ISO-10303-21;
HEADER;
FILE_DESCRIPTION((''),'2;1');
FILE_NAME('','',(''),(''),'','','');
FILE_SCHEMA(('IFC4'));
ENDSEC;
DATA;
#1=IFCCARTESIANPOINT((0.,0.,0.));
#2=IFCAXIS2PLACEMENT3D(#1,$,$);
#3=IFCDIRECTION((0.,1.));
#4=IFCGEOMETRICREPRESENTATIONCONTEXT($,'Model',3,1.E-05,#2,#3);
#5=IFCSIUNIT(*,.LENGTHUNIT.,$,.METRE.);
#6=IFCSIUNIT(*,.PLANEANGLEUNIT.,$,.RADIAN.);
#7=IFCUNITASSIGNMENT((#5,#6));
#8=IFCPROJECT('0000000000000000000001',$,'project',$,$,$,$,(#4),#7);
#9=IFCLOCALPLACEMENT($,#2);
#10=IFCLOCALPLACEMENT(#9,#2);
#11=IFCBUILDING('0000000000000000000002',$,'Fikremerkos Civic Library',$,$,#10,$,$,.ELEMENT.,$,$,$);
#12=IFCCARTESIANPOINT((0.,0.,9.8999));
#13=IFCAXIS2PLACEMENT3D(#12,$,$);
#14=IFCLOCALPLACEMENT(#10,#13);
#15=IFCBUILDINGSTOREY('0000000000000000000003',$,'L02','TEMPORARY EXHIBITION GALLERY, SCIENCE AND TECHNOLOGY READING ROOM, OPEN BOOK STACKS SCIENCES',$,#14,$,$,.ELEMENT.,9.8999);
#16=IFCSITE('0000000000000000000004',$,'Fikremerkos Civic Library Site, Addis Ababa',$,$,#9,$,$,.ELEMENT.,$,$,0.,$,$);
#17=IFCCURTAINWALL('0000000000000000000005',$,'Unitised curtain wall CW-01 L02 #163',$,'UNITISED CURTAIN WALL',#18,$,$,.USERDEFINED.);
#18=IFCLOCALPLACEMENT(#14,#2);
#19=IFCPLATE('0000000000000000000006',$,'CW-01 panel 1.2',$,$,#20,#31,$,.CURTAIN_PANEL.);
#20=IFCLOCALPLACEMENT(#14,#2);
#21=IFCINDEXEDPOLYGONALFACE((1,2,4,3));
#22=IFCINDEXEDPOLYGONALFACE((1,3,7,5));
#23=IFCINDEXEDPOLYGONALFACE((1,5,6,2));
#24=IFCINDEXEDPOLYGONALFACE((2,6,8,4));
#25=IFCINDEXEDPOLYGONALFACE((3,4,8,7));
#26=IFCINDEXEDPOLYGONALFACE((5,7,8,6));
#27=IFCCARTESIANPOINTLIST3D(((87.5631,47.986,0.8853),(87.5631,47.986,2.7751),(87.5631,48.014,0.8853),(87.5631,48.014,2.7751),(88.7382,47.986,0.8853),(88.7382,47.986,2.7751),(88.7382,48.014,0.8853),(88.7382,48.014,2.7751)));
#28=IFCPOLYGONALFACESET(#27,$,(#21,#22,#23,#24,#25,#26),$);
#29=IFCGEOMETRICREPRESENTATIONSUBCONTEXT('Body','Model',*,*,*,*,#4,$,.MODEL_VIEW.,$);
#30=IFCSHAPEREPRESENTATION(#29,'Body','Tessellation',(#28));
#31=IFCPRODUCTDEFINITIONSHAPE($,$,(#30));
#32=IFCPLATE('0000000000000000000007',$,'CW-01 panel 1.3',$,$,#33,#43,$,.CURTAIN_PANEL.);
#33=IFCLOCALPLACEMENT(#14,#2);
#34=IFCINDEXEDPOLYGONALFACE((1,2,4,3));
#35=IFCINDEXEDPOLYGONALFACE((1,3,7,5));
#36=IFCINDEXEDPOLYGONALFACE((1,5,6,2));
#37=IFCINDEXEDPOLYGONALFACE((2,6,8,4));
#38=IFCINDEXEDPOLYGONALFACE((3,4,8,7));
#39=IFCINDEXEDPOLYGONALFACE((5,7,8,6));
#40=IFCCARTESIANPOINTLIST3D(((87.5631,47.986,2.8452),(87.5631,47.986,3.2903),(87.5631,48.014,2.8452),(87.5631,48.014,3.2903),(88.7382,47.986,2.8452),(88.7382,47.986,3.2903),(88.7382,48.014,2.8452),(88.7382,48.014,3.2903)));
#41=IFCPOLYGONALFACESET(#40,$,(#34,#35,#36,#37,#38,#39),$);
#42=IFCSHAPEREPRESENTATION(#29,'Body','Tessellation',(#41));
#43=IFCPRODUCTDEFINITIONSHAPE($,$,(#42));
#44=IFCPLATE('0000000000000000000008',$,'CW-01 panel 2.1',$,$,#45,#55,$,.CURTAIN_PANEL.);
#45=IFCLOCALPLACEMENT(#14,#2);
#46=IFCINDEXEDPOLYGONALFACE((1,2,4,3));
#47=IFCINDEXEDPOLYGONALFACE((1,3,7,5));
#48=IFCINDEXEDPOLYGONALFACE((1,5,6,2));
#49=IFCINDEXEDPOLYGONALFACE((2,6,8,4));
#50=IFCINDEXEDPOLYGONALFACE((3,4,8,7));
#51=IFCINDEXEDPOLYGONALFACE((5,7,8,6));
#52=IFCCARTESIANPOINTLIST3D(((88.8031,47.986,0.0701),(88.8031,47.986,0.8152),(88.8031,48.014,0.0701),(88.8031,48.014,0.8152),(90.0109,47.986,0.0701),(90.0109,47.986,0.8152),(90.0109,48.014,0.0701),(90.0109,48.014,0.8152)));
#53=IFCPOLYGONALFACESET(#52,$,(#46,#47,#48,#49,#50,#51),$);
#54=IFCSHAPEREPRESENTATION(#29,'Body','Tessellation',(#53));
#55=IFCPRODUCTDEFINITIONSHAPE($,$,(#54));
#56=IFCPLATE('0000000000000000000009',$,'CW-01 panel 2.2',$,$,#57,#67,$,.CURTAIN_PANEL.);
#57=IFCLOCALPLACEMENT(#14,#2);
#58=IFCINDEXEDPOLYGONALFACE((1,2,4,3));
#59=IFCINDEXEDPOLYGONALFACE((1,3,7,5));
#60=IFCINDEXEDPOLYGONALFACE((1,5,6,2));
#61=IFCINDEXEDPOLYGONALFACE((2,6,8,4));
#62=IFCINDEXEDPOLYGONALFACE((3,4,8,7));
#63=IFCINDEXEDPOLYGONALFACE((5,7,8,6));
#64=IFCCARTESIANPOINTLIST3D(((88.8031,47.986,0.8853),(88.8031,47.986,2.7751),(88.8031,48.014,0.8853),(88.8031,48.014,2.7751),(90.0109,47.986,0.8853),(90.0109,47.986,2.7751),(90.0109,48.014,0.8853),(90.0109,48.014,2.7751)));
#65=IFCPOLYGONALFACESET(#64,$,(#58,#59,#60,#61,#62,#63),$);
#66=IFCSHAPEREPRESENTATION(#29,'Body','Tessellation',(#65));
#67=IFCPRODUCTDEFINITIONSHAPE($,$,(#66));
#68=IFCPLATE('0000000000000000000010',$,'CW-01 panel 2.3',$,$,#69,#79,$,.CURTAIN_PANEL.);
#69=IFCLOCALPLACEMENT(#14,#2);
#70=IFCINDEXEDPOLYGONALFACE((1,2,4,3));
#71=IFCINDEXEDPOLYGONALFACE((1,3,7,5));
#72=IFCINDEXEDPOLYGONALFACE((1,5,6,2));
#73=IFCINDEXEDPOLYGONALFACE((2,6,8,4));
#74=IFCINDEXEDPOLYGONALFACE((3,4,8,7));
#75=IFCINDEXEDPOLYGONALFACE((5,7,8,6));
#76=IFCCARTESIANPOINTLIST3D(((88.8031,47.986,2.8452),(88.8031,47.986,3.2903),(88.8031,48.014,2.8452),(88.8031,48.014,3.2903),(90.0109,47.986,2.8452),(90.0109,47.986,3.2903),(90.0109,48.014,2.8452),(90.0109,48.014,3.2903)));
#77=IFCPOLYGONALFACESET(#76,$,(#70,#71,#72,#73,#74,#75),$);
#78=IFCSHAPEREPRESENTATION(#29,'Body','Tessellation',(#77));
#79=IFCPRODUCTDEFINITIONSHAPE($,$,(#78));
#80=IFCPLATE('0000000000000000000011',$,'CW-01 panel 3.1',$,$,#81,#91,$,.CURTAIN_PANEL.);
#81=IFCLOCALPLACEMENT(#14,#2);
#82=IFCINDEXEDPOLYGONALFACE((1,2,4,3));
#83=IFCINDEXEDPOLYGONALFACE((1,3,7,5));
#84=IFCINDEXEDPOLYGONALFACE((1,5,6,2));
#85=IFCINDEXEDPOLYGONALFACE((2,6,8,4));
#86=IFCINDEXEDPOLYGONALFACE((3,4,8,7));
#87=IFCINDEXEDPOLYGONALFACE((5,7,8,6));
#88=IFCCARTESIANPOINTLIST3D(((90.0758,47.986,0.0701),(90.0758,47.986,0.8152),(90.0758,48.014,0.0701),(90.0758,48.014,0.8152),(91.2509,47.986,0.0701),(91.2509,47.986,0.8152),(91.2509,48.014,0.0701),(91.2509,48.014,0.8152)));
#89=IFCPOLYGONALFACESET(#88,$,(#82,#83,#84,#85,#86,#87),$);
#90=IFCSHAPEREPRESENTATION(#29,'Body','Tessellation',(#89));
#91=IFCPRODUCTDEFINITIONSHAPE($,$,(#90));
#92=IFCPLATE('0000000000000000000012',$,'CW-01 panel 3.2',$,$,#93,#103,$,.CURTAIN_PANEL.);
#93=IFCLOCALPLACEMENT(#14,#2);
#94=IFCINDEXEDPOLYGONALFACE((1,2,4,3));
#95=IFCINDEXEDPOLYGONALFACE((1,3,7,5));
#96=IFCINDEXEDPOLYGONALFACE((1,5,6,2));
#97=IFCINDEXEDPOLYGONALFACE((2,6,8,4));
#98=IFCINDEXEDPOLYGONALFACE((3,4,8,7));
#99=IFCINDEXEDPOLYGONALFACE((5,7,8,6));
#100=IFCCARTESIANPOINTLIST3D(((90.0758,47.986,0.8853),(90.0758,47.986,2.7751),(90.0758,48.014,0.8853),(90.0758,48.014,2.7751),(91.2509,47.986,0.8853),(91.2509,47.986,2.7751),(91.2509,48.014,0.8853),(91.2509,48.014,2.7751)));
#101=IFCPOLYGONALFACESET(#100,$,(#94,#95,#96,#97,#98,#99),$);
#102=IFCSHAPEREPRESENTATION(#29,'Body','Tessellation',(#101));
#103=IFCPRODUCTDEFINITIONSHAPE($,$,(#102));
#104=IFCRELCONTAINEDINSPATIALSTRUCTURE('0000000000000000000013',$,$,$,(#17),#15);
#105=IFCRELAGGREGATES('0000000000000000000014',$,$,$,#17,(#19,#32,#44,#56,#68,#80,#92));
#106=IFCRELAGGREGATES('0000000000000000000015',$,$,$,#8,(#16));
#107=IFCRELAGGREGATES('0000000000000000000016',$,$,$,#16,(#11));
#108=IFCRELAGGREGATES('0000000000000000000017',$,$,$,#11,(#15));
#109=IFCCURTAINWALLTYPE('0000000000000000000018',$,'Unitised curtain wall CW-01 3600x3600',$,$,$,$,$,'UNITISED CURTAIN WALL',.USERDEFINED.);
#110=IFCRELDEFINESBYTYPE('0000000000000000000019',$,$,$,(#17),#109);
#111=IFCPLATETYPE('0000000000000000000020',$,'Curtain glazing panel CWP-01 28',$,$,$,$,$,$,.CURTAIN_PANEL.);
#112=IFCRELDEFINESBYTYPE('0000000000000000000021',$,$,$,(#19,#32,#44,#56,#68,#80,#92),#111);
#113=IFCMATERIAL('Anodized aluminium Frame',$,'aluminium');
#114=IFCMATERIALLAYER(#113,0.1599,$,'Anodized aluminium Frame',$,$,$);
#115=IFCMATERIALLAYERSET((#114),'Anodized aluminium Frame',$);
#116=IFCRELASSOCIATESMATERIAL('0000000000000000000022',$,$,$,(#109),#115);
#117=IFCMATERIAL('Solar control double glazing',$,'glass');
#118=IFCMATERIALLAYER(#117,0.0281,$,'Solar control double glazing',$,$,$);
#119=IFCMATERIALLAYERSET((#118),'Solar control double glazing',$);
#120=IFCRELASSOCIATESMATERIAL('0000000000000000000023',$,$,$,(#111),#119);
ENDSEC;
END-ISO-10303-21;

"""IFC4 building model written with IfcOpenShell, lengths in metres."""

from ifc_helpers import new_model, si_unit, direction, frame, origin, origin_2d, place, context, subcontext, project, spatial, rectangle, extrude, material, layer, layer_set, type_object, element, aggregate, save


model = new_model("IFC4")

# Units and contexts
model_context = context("Model", 3, precision=1e-05, world=origin(), true_north=direction((0.0, 1.0)))
body_context = subcontext(model_context, "Body", "Model", "MODEL_VIEW")
ifc_project = project(units=[si_unit("LENGTHUNIT", "METRE"), si_unit("PLANEANGLEUNIT", "RADIAN")], contexts=[model_context])

# Site, building, storey
site_placement = place(None, origin())
site = spatial("IfcSite", under=ifc_project, at=site_placement, Name="Fikremerkos Civic Library Site, Addis Ababa", CompositionType="ELEMENT", RefElevation=0.0)
building_placement = place(site_placement, origin())
building = spatial("IfcBuilding", under=site, at=building_placement, Name="Fikremerkos Civic Library", CompositionType="ELEMENT")
storey_placement = place(building_placement, frame((0.0, 0.0, 9.8999)))
storey = spatial("IfcBuildingStorey", under=building, at=storey_placement, Name="L02", Description="TEMPORARY EXHIBITION GALLERY, SCIENCE AND TECHNOLOGY READING ROOM, OPEN BOOK STACKS SCIENCES", CompositionType="ELEMENT", Elevation=9.8999)

# Curtain wall
ifc_material_1 = material(Name="Anodized aluminium Frame", Category="aluminium")
ifc_layer_1 = layer(ifc_material_1, 0.1599, Name="Anodized aluminium Frame")
ifc_layer_set_1 = layer_set([ifc_layer_1], Name="Anodized aluminium Frame")
curtain_wall_type = type_object("IfcCurtainWallType", Name="Unitised curtain wall CW-01 3600x3600", ElementType="UNITISED CURTAIN WALL", PredefinedType="USERDEFINED", material=ifc_layer_set_1)
curtain_wall_placement = place(storey_placement, origin())
curtain_wall = element("IfcCurtainWall", 1, at=curtain_wall_placement, inside=storey, type_object=curtain_wall_type, Name="Unitised curtain wall CW-01 L02 #163", ObjectType="UNITISED CURTAIN WALL", PredefinedType="USERDEFINED")

# Plates
ifc_material_2 = material(Name="Solar control double glazing", Category="glass")
ifc_layer_2 = layer(ifc_material_2, 0.0281, Name="Solar control double glazing")
ifc_layer_set_2 = layer_set([ifc_layer_2], Name="Solar control double glazing")
plate_type = type_object("IfcPlateType", Name="Curtain glazing panel CWP-01 28", PredefinedType="CURTAIN_PANEL", material=ifc_layer_set_2)
plate_1_placement = place(storey_placement, frame((88.1506, 48.0, 0.8853), z_axis=(0.0, 0.0, 1.0), x_axis=(1.0, 0.0, 0.0)))
plate_1 = element("IfcPlate", 2, at=plate_1_placement, type_object=plate_type, Name="CW-01 panel 1.2", PredefinedType="CURTAIN_PANEL", context=body_context, shape_type="SweptSolid", body=[
    extrude(rectangle(XDim=1.175, YDim=0.0281, at=origin_2d()), origin(), (0.0, 0.0, 1.0), 1.8899),
])
plate_2_placement = place(storey_placement, frame((88.1506, 48.0, 2.8452), z_axis=(0.0, 0.0, 1.0), x_axis=(1.0, 0.0, 0.0)))
plate_2 = element("IfcPlate", 3, at=plate_2_placement, type_object=plate_type, Name="CW-01 panel 1.3", PredefinedType="CURTAIN_PANEL", context=body_context, shape_type="SweptSolid", body=[
    extrude(rectangle(XDim=1.175, YDim=0.0281, at=origin_2d()), origin(), (0.0, 0.0, 1.0), 0.4451),
])
plate_3_placement = place(storey_placement, frame((89.407, 48.0, 0.0701), z_axis=(0.0, 0.0, 1.0), x_axis=(1.0, 0.0, 0.0)))
plate_3 = element("IfcPlate", 4, at=plate_3_placement, type_object=plate_type, Name="CW-01 panel 2.1", PredefinedType="CURTAIN_PANEL", context=body_context, shape_type="SweptSolid", body=[
    extrude(rectangle(XDim=1.2078, YDim=0.0281, at=origin_2d()), origin(), (0.0, 0.0, 1.0), 0.7451),
])
plate_4_placement = place(storey_placement, frame((89.407, 48.0, 0.8853), z_axis=(0.0, 0.0, 1.0), x_axis=(1.0, 0.0, 0.0)))
plate_4 = element("IfcPlate", 5, at=plate_4_placement, type_object=plate_type, Name="CW-01 panel 2.2", PredefinedType="CURTAIN_PANEL", context=body_context, shape_type="SweptSolid", body=[
    extrude(rectangle(XDim=1.2078, YDim=0.0281, at=origin_2d()), origin(), (0.0, 0.0, 1.0), 1.8899),
])
plate_5_placement = place(storey_placement, frame((89.407, 48.0, 2.8452), z_axis=(0.0, 0.0, 1.0), x_axis=(1.0, 0.0, 0.0)))
plate_5 = element("IfcPlate", 6, at=plate_5_placement, type_object=plate_type, Name="CW-01 panel 2.3", PredefinedType="CURTAIN_PANEL", context=body_context, shape_type="SweptSolid", body=[
    extrude(rectangle(XDim=1.2078, YDim=0.0281, at=origin_2d()), origin(), (0.0, 0.0, 1.0), 0.4451),
])
plate_6_placement = place(storey_placement, frame((90.6633, 48.0, 0.0701), z_axis=(0.0, 0.0, 1.0), x_axis=(1.0, 0.0, 0.0)))
plate_6 = element("IfcPlate", 7, at=plate_6_placement, type_object=plate_type, Name="CW-01 panel 3.1", PredefinedType="CURTAIN_PANEL", context=body_context, shape_type="SweptSolid", body=[
    extrude(rectangle(XDim=1.175, YDim=0.0281, at=origin_2d()), origin(), (0.0, 0.0, 1.0), 0.7451),
])
plate_7_placement = place(storey_placement, frame((90.6633, 48.0, 0.8853), z_axis=(0.0, 0.0, 1.0), x_axis=(1.0, 0.0, 0.0)))
plate_7 = element("IfcPlate", 8, at=plate_7_placement, type_object=plate_type, Name="CW-01 panel 3.2", PredefinedType="CURTAIN_PANEL", context=body_context, shape_type="SweptSolid", body=[
    extrude(rectangle(XDim=1.175, YDim=0.0281, at=origin_2d()), origin(), (0.0, 0.0, 1.0), 1.8899),
])
aggregate(curtain_wall, [plate_1, plate_2, plate_3, plate_4, plate_5, plate_6, plate_7])

save(model, "model.ifc")
